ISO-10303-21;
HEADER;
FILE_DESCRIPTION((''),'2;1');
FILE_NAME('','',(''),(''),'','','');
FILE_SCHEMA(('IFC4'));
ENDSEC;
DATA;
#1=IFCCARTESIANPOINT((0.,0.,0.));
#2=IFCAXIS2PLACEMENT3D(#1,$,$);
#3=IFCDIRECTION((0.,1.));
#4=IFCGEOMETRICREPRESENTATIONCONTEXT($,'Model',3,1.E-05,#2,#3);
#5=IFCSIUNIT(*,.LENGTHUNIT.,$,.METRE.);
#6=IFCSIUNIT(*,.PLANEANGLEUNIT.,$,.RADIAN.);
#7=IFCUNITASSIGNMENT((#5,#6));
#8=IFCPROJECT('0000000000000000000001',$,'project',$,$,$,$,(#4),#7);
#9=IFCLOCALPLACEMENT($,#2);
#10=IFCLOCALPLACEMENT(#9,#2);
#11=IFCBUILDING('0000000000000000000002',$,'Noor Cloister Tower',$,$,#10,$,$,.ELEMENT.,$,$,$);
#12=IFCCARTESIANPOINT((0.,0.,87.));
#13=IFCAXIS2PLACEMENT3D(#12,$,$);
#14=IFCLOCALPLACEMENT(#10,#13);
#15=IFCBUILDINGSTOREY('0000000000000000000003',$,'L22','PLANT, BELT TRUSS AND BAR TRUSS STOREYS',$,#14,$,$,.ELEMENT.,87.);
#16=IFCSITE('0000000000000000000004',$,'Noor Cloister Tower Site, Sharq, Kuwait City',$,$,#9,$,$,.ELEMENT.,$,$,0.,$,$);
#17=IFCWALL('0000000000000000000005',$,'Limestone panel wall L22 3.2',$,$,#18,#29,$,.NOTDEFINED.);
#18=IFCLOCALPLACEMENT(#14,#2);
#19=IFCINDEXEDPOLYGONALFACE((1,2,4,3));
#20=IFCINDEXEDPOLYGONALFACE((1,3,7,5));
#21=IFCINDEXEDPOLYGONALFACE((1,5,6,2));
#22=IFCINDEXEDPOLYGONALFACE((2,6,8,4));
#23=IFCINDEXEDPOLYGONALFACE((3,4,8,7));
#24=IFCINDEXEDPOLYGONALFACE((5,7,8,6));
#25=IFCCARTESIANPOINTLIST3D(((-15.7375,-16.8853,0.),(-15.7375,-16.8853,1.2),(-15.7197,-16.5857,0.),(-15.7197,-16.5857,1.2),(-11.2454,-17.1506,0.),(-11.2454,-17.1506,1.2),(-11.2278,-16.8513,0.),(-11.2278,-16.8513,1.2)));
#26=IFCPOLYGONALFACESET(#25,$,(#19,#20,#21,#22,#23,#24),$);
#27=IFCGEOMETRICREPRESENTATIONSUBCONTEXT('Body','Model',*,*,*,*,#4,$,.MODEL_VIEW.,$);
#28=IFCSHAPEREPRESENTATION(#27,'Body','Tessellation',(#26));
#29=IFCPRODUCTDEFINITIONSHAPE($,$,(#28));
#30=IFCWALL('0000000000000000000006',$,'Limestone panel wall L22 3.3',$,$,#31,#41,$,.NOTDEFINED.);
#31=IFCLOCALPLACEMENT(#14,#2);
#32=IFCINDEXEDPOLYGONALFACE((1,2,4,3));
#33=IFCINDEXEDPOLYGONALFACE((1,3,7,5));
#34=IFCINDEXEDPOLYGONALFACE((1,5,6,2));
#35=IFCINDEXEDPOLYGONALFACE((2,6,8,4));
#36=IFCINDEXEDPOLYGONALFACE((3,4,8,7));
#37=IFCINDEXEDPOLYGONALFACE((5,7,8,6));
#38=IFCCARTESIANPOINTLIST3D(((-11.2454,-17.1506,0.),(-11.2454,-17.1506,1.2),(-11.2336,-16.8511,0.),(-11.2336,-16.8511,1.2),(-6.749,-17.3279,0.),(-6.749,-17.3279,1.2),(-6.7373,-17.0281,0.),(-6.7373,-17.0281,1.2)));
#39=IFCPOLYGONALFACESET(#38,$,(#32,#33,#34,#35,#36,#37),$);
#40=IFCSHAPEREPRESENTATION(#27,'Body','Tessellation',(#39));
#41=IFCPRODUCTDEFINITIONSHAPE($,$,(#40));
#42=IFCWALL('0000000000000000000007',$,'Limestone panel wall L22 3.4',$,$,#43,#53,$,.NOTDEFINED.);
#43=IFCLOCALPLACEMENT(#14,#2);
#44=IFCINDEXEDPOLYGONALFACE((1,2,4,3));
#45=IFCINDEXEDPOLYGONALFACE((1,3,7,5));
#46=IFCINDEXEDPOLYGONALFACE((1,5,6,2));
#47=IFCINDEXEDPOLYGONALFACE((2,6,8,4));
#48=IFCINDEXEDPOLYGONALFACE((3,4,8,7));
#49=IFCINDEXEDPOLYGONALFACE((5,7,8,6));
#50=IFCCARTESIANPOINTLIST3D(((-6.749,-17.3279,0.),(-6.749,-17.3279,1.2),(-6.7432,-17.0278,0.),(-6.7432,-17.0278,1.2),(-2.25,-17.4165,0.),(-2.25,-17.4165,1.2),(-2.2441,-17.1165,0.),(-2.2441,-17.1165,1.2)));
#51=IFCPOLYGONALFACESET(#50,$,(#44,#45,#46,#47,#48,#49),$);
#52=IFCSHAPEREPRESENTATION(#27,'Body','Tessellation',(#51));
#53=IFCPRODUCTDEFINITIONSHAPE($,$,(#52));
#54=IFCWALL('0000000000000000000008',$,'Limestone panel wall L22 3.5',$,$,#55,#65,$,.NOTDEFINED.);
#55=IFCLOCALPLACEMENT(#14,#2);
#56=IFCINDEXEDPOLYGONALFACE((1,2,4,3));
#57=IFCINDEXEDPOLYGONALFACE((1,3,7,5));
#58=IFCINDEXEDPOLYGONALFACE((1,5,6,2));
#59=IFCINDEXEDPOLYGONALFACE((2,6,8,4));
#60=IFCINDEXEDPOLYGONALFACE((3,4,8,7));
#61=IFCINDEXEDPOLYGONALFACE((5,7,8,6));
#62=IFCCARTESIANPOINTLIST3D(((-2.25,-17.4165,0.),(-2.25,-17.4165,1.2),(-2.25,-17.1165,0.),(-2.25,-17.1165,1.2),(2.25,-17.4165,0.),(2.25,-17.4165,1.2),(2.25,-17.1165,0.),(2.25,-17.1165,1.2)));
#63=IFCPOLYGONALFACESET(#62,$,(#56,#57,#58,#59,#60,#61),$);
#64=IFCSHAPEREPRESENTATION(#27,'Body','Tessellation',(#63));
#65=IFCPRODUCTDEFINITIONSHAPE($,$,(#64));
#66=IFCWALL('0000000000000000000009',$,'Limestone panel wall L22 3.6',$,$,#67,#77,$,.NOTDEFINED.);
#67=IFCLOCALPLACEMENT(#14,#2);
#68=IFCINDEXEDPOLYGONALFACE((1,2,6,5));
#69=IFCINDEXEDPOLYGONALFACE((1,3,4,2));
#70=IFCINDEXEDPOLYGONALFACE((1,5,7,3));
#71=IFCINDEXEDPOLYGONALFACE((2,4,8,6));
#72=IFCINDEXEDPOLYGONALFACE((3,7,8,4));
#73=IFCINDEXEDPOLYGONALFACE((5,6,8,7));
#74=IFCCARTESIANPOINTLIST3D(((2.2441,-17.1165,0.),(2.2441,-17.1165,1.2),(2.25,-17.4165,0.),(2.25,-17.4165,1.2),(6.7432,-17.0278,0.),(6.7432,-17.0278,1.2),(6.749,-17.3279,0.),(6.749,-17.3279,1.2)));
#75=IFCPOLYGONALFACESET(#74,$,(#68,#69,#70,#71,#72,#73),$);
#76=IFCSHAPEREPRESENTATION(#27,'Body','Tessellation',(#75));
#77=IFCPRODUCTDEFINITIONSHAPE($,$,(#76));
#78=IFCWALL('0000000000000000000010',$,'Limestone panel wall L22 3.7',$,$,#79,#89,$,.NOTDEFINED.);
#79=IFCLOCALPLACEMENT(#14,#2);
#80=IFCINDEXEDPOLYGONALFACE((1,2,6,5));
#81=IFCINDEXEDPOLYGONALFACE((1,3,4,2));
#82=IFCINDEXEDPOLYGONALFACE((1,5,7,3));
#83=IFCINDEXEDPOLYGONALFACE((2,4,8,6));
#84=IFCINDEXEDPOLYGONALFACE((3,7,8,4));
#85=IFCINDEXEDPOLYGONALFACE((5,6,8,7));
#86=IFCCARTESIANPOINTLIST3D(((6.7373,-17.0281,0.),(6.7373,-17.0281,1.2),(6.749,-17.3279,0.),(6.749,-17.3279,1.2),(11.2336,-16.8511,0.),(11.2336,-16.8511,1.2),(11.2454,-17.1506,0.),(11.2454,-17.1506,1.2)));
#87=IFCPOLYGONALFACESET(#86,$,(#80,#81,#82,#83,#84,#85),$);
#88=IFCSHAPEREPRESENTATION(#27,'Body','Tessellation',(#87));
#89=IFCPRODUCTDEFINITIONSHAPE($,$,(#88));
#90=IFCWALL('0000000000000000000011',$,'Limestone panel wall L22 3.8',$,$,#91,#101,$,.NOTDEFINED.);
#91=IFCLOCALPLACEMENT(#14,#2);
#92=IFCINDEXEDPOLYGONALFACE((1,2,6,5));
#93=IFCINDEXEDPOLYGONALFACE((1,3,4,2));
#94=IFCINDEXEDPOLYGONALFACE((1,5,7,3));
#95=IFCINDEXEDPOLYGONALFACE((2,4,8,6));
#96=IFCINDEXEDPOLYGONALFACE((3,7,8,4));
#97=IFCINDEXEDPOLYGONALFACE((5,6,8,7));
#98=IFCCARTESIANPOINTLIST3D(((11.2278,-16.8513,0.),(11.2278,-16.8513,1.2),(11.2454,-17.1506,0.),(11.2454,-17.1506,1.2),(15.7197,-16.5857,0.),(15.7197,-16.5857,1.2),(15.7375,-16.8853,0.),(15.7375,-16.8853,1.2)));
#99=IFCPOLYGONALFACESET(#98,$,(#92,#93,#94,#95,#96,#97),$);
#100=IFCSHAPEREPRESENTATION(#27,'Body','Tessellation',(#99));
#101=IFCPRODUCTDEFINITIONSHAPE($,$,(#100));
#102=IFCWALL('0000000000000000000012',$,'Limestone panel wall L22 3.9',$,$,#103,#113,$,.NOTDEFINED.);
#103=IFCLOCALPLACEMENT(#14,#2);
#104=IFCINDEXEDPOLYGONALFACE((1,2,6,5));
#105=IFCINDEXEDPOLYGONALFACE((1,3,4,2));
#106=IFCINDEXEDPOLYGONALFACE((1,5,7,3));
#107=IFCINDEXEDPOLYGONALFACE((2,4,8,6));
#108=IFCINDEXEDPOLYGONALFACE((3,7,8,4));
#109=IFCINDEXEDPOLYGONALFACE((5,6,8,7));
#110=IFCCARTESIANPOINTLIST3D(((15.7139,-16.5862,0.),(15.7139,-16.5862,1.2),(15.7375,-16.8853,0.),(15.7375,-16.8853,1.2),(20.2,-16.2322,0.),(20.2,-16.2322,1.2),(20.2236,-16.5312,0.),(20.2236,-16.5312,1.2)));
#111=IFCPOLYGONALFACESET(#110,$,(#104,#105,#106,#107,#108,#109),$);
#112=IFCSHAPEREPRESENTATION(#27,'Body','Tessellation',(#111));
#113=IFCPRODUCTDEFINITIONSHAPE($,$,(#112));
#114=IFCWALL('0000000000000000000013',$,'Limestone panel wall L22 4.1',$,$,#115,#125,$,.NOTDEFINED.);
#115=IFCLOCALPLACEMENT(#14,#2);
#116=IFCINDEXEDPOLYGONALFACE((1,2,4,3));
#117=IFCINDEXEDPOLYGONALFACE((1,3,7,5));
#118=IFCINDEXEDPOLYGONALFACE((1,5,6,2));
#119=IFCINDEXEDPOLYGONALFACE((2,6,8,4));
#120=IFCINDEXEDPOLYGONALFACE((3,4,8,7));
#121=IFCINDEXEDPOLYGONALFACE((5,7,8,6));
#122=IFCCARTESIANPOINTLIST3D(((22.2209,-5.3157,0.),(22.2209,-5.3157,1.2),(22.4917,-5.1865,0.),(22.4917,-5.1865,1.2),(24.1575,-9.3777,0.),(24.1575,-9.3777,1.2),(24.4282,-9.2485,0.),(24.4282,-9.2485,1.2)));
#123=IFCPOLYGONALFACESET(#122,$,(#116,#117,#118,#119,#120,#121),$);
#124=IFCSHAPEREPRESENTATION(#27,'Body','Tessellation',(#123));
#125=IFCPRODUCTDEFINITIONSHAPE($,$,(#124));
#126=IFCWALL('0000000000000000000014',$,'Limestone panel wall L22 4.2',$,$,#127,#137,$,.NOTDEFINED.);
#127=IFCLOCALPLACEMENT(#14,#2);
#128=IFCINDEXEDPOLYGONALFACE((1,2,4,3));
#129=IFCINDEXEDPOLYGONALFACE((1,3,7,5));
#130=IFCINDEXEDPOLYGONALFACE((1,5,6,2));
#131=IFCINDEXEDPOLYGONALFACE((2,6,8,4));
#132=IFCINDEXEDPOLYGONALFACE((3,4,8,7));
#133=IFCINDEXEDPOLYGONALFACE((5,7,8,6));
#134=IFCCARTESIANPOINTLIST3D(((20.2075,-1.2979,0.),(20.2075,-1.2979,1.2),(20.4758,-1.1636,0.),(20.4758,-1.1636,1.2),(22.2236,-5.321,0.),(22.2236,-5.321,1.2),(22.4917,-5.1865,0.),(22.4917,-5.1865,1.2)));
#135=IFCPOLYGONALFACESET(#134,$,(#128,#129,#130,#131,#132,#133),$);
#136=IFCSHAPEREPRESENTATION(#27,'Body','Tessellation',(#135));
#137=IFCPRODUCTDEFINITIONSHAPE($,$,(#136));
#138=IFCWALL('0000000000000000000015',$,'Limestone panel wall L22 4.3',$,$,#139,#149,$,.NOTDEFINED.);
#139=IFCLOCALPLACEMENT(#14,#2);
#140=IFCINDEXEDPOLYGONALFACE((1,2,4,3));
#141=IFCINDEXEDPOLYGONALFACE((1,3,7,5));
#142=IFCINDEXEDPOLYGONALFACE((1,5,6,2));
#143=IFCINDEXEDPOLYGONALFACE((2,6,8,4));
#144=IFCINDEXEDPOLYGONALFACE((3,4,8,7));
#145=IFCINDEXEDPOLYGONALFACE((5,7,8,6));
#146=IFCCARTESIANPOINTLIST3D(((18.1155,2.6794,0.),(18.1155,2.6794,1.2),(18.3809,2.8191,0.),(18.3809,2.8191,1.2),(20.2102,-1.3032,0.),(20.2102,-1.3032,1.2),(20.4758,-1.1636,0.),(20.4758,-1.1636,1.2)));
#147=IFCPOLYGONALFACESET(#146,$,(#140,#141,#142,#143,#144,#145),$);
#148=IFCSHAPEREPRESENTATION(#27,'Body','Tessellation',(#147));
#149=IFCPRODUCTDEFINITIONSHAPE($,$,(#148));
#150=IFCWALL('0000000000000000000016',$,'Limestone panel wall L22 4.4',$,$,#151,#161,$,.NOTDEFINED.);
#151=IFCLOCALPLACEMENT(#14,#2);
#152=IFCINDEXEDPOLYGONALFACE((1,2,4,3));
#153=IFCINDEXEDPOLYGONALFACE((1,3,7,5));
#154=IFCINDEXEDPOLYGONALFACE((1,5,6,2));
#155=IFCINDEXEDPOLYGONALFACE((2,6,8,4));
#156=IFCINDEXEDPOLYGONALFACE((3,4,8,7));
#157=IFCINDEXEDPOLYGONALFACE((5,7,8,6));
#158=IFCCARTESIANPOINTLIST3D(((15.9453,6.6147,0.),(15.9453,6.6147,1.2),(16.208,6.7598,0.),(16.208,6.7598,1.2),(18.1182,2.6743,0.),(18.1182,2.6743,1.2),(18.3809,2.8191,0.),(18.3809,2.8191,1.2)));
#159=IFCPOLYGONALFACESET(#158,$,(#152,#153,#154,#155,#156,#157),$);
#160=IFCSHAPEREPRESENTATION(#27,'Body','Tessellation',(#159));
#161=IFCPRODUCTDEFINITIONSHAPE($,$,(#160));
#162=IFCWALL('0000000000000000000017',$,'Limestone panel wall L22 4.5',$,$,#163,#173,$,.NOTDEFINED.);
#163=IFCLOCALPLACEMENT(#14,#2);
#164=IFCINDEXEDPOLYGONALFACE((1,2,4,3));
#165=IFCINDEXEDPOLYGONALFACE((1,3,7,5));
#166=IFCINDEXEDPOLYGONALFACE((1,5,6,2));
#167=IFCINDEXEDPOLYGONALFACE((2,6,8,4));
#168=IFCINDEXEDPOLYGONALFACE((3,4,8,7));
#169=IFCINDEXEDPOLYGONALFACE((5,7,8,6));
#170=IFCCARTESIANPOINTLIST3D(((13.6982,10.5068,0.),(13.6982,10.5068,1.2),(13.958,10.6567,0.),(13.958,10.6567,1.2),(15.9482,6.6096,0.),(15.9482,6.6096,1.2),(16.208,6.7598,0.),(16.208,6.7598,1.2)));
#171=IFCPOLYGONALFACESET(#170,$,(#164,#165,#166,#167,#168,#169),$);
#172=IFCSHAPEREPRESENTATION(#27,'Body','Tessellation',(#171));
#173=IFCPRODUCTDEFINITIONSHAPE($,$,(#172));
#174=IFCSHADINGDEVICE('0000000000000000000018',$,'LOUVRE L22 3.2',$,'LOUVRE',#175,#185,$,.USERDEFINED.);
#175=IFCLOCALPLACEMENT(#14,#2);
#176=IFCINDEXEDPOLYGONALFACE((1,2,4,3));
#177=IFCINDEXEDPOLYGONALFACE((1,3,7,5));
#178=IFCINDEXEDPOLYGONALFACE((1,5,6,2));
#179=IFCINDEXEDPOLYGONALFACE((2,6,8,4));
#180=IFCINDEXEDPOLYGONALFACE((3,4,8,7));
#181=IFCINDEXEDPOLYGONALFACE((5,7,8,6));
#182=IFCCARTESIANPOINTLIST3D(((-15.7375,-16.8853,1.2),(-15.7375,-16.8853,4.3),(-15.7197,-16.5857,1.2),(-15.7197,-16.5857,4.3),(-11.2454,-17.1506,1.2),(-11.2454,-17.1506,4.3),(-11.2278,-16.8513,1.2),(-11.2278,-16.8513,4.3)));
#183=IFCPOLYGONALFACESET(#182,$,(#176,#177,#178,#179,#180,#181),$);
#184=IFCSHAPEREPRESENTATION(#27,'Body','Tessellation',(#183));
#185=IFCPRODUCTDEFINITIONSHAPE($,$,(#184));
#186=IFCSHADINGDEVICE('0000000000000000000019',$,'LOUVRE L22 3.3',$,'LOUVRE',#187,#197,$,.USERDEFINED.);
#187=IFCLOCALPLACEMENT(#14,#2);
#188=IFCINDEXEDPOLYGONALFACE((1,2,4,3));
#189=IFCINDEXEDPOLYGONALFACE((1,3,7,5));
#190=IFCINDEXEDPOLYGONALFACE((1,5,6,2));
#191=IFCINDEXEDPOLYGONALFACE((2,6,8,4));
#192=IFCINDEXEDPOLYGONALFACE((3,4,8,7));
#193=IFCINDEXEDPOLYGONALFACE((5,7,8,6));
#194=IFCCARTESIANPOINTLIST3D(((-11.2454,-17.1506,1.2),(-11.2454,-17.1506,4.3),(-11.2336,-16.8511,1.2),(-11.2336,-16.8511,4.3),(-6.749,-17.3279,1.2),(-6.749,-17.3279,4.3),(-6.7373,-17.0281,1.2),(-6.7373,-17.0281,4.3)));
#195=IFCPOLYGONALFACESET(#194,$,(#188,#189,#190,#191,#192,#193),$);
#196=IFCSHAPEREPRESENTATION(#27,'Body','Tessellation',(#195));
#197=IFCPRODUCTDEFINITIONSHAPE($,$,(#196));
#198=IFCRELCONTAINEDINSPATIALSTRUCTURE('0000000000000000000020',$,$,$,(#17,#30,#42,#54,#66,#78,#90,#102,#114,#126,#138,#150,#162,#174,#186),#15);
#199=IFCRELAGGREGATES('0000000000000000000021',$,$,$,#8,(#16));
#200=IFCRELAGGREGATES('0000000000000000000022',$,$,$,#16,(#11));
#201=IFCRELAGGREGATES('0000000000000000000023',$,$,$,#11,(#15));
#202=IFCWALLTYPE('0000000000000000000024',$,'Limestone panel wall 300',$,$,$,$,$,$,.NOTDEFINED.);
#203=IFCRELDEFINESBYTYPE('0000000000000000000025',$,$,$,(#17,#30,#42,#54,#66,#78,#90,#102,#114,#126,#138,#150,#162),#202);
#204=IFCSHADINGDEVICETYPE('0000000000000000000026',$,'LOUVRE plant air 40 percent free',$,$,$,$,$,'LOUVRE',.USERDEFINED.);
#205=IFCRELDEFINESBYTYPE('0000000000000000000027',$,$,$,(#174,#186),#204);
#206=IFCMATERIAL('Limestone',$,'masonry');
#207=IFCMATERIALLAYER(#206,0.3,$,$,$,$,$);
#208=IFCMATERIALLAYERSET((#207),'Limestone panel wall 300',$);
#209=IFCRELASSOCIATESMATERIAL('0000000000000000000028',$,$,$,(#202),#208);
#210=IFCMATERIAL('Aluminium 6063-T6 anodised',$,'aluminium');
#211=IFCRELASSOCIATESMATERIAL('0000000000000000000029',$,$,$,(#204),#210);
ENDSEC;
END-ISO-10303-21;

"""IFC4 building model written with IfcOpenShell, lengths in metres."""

from ifc_helpers import new_model, si_unit, direction, frame, origin, place, context, subcontext, project, spatial, polyline, outline, extrude, material, layer, layer_set, type_object, element, save


model = new_model("IFC4")

# Units and contexts
model_context = context("Model", 3, precision=1e-05, world=origin(), true_north=direction((0.0, 1.0)))
body_context = subcontext(model_context, "Body", "Model", "MODEL_VIEW")
ifc_project = project(units=[si_unit("LENGTHUNIT", "METRE"), si_unit("PLANEANGLEUNIT", "RADIAN")], contexts=[model_context])

# Site, building, storey
site_placement = place(None, origin())
site = spatial("IfcSite", under=ifc_project, at=site_placement, Name="Noor Cloister Tower Site, Sharq, Kuwait City", CompositionType="ELEMENT", RefElevation=0.0)
building_placement = place(site_placement, origin())
building = spatial("IfcBuilding", under=site, at=building_placement, Name="Noor Cloister Tower", CompositionType="ELEMENT")
storey_placement = place(building_placement, frame((0.0, 0.0, 87.0)))
storey = spatial("IfcBuildingStorey", under=building, at=storey_placement, Name="L22", Description="PLANT, BELT TRUSS AND BAR TRUSS STOREYS", CompositionType="ELEMENT", Elevation=87.0)

# Walls
ifc_material_1 = material(Name="Limestone", Category="masonry")
ifc_layer = layer(ifc_material_1, 0.3)
ifc_layer_set = layer_set([ifc_layer], Name="Limestone panel wall 300")
wall_type = type_object("IfcWallType", Name="Limestone panel wall 300", PredefinedType="NOTDEFINED", material=ifc_layer_set)
wall_1_placement = place(storey_placement, origin())
element("IfcWall", 1, at=wall_1_placement, inside=storey, type_object=wall_type, Name="Limestone panel wall L22 3.2", PredefinedType="NOTDEFINED", context=body_context, shape_type="SweptSolid", body=[
    extrude(outline(polyline([(-15.7375, -16.8853), (-11.2454, -17.1506), (-11.2278, -16.8513), (-15.7197, -16.5857), (-15.7375, -16.8853)])), origin(), (0.0, 0.0, 1.0), 1.2),
])
wall_2_placement = place(storey_placement, origin())
element("IfcWall", 2, at=wall_2_placement, inside=storey, type_object=wall_type, Name="Limestone panel wall L22 3.3", PredefinedType="NOTDEFINED", context=body_context, shape_type="SweptSolid", body=[
    extrude(outline(polyline([(-11.2454, -17.1506), (-6.749, -17.3279), (-6.7373, -17.0281), (-11.2336, -16.8511), (-11.2454, -17.1506)])), origin(), (0.0, 0.0, 1.0), 1.2),
])
wall_3_placement = place(storey_placement, origin())
element("IfcWall", 3, at=wall_3_placement, inside=storey, type_object=wall_type, Name="Limestone panel wall L22 3.4", PredefinedType="NOTDEFINED", context=body_context, shape_type="SweptSolid", body=[
    extrude(outline(polyline([(-6.749, -17.3279), (-2.25, -17.4165), (-2.2441, -17.1165), (-6.7432, -17.0278), (-6.749, -17.3279)])), origin(), (0.0, 0.0, 1.0), 1.2),
])
wall_4_placement = place(storey_placement, origin())
element("IfcWall", 4, at=wall_4_placement, inside=storey, type_object=wall_type, Name="Limestone panel wall L22 3.5", PredefinedType="NOTDEFINED", context=body_context, shape_type="SweptSolid", body=[
    extrude(outline(polyline([(-2.25, -17.4165), (2.25, -17.4165), (2.25, -17.1165), (-2.25, -17.1165), (-2.25, -17.4165)])), origin(), (0.0, 0.0, 1.0), 1.2),
])
wall_5_placement = place(storey_placement, origin())
element("IfcWall", 5, at=wall_5_placement, inside=storey, type_object=wall_type, Name="Limestone panel wall L22 3.6", PredefinedType="NOTDEFINED", context=body_context, shape_type="SweptSolid", body=[
    extrude(outline(polyline([(2.25, -17.4165), (6.749, -17.3279), (6.7432, -17.0278), (2.2441, -17.1165), (2.25, -17.4165)])), origin(), (0.0, 0.0, 1.0), 1.2),
])
wall_6_placement = place(storey_placement, origin())
element("IfcWall", 6, at=wall_6_placement, inside=storey, type_object=wall_type, Name="Limestone panel wall L22 3.7", PredefinedType="NOTDEFINED", context=body_context, shape_type="SweptSolid", body=[
    extrude(outline(polyline([(6.749, -17.3279), (11.2454, -17.1506), (11.2336, -16.8511), (6.7373, -17.0281), (6.749, -17.3279)])), origin(), (0.0, 0.0, 1.0), 1.2),
])
wall_7_placement = place(storey_placement, origin())
element("IfcWall", 7, at=wall_7_placement, inside=storey, type_object=wall_type, Name="Limestone panel wall L22 3.8", PredefinedType="NOTDEFINED", context=body_context, shape_type="SweptSolid", body=[
    extrude(outline(polyline([(11.2454, -17.1506), (15.7375, -16.8853), (15.7197, -16.5857), (11.2278, -16.8513), (11.2454, -17.1506)])), origin(), (0.0, 0.0, 1.0), 1.2),
])
wall_8_placement = place(storey_placement, origin())
element("IfcWall", 8, at=wall_8_placement, inside=storey, type_object=wall_type, Name="Limestone panel wall L22 3.9", PredefinedType="NOTDEFINED", context=body_context, shape_type="SweptSolid", body=[
    extrude(outline(polyline([(15.7375, -16.8853), (20.2236, -16.5312), (20.2, -16.2322), (15.7139, -16.5862), (15.7375, -16.8853)])), origin(), (0.0, 0.0, 1.0), 1.2),
])
wall_9_placement = place(storey_placement, origin())
element("IfcWall", 9, at=wall_9_placement, inside=storey, type_object=wall_type, Name="Limestone panel wall L22 4.1", PredefinedType="NOTDEFINED", context=body_context, shape_type="SweptSolid", body=[
    extrude(outline(polyline([(24.4282, -9.2485), (22.4917, -5.1865), (22.2209, -5.3157), (24.1575, -9.3777), (24.4282, -9.2485)])), origin(), (0.0, 0.0, 1.0), 1.2),
])
wall_10_placement = place(storey_placement, origin())
element("IfcWall", 10, at=wall_10_placement, inside=storey, type_object=wall_type, Name="Limestone panel wall L22 4.2", PredefinedType="NOTDEFINED", context=body_context, shape_type="SweptSolid", body=[
    extrude(outline(polyline([(22.4917, -5.1865), (20.4758, -1.1636), (20.2075, -1.2979), (22.2236, -5.321), (22.4917, -5.1865)])), origin(), (0.0, 0.0, 1.0), 1.2),
])
wall_11_placement = place(storey_placement, origin())
element("IfcWall", 11, at=wall_11_placement, inside=storey, type_object=wall_type, Name="Limestone panel wall L22 4.3", PredefinedType="NOTDEFINED", context=body_context, shape_type="SweptSolid", body=[
    extrude(outline(polyline([(20.4758, -1.1636), (18.3809, 2.8191), (18.1155, 2.6794), (20.2102, -1.3032), (20.4758, -1.1636)])), origin(), (0.0, 0.0, 1.0), 1.2),
])
wall_12_placement = place(storey_placement, origin())
element("IfcWall", 12, at=wall_12_placement, inside=storey, type_object=wall_type, Name="Limestone panel wall L22 4.4", PredefinedType="NOTDEFINED", context=body_context, shape_type="SweptSolid", body=[
    extrude(outline(polyline([(18.3809, 2.8191), (16.208, 6.7598), (15.9453, 6.6147), (18.1182, 2.6743), (18.3809, 2.8191)])), origin(), (0.0, 0.0, 1.0), 1.2),
])
wall_13_placement = place(storey_placement, origin())
element("IfcWall", 13, at=wall_13_placement, inside=storey, type_object=wall_type, Name="Limestone panel wall L22 4.5", PredefinedType="NOTDEFINED", context=body_context, shape_type="SweptSolid", body=[
    extrude(outline(polyline([(16.208, 6.7598), (13.958, 10.6567), (13.6982, 10.5068), (15.9482, 6.6096), (16.208, 6.7598)])), origin(), (0.0, 0.0, 1.0), 1.2),
])

# Shading devices
ifc_material_2 = material(Name="Aluminium 6063-T6 anodised", Category="aluminium")
shading_device_type = type_object("IfcShadingDeviceType", Name="LOUVRE plant air 40 percent free", ElementType="LOUVRE", PredefinedType="USERDEFINED", material=ifc_material_2)
shading_device_1_placement = place(storey_placement, frame((0.0, 0.0, 1.2)))
element("IfcShadingDevice", 14, at=shading_device_1_placement, inside=storey, type_object=shading_device_type, Name="LOUVRE L22 3.2", ObjectType="LOUVRE", PredefinedType="USERDEFINED", context=body_context, shape_type="SweptSolid", body=[
    extrude(outline(polyline([(-15.7375, -16.8853), (-11.2454, -17.1506), (-11.2278, -16.8513), (-15.7197, -16.5857), (-15.7375, -16.8853)])), origin(), (0.0, 0.0, 1.0), 3.1001),
])
shading_device_2_placement = place(storey_placement, frame((0.0, 0.0, 1.2)))
element("IfcShadingDevice", 15, at=shading_device_2_placement, inside=storey, type_object=shading_device_type, Name="LOUVRE L22 3.3", ObjectType="LOUVRE", PredefinedType="USERDEFINED", context=body_context, shape_type="SweptSolid", body=[
    extrude(outline(polyline([(-11.2454, -17.1506), (-6.749, -17.3279), (-6.7373, -17.0281), (-11.2336, -16.8511), (-11.2454, -17.1506)])), origin(), (0.0, 0.0, 1.0), 3.1001),
])

save(model, "model.ifc")
